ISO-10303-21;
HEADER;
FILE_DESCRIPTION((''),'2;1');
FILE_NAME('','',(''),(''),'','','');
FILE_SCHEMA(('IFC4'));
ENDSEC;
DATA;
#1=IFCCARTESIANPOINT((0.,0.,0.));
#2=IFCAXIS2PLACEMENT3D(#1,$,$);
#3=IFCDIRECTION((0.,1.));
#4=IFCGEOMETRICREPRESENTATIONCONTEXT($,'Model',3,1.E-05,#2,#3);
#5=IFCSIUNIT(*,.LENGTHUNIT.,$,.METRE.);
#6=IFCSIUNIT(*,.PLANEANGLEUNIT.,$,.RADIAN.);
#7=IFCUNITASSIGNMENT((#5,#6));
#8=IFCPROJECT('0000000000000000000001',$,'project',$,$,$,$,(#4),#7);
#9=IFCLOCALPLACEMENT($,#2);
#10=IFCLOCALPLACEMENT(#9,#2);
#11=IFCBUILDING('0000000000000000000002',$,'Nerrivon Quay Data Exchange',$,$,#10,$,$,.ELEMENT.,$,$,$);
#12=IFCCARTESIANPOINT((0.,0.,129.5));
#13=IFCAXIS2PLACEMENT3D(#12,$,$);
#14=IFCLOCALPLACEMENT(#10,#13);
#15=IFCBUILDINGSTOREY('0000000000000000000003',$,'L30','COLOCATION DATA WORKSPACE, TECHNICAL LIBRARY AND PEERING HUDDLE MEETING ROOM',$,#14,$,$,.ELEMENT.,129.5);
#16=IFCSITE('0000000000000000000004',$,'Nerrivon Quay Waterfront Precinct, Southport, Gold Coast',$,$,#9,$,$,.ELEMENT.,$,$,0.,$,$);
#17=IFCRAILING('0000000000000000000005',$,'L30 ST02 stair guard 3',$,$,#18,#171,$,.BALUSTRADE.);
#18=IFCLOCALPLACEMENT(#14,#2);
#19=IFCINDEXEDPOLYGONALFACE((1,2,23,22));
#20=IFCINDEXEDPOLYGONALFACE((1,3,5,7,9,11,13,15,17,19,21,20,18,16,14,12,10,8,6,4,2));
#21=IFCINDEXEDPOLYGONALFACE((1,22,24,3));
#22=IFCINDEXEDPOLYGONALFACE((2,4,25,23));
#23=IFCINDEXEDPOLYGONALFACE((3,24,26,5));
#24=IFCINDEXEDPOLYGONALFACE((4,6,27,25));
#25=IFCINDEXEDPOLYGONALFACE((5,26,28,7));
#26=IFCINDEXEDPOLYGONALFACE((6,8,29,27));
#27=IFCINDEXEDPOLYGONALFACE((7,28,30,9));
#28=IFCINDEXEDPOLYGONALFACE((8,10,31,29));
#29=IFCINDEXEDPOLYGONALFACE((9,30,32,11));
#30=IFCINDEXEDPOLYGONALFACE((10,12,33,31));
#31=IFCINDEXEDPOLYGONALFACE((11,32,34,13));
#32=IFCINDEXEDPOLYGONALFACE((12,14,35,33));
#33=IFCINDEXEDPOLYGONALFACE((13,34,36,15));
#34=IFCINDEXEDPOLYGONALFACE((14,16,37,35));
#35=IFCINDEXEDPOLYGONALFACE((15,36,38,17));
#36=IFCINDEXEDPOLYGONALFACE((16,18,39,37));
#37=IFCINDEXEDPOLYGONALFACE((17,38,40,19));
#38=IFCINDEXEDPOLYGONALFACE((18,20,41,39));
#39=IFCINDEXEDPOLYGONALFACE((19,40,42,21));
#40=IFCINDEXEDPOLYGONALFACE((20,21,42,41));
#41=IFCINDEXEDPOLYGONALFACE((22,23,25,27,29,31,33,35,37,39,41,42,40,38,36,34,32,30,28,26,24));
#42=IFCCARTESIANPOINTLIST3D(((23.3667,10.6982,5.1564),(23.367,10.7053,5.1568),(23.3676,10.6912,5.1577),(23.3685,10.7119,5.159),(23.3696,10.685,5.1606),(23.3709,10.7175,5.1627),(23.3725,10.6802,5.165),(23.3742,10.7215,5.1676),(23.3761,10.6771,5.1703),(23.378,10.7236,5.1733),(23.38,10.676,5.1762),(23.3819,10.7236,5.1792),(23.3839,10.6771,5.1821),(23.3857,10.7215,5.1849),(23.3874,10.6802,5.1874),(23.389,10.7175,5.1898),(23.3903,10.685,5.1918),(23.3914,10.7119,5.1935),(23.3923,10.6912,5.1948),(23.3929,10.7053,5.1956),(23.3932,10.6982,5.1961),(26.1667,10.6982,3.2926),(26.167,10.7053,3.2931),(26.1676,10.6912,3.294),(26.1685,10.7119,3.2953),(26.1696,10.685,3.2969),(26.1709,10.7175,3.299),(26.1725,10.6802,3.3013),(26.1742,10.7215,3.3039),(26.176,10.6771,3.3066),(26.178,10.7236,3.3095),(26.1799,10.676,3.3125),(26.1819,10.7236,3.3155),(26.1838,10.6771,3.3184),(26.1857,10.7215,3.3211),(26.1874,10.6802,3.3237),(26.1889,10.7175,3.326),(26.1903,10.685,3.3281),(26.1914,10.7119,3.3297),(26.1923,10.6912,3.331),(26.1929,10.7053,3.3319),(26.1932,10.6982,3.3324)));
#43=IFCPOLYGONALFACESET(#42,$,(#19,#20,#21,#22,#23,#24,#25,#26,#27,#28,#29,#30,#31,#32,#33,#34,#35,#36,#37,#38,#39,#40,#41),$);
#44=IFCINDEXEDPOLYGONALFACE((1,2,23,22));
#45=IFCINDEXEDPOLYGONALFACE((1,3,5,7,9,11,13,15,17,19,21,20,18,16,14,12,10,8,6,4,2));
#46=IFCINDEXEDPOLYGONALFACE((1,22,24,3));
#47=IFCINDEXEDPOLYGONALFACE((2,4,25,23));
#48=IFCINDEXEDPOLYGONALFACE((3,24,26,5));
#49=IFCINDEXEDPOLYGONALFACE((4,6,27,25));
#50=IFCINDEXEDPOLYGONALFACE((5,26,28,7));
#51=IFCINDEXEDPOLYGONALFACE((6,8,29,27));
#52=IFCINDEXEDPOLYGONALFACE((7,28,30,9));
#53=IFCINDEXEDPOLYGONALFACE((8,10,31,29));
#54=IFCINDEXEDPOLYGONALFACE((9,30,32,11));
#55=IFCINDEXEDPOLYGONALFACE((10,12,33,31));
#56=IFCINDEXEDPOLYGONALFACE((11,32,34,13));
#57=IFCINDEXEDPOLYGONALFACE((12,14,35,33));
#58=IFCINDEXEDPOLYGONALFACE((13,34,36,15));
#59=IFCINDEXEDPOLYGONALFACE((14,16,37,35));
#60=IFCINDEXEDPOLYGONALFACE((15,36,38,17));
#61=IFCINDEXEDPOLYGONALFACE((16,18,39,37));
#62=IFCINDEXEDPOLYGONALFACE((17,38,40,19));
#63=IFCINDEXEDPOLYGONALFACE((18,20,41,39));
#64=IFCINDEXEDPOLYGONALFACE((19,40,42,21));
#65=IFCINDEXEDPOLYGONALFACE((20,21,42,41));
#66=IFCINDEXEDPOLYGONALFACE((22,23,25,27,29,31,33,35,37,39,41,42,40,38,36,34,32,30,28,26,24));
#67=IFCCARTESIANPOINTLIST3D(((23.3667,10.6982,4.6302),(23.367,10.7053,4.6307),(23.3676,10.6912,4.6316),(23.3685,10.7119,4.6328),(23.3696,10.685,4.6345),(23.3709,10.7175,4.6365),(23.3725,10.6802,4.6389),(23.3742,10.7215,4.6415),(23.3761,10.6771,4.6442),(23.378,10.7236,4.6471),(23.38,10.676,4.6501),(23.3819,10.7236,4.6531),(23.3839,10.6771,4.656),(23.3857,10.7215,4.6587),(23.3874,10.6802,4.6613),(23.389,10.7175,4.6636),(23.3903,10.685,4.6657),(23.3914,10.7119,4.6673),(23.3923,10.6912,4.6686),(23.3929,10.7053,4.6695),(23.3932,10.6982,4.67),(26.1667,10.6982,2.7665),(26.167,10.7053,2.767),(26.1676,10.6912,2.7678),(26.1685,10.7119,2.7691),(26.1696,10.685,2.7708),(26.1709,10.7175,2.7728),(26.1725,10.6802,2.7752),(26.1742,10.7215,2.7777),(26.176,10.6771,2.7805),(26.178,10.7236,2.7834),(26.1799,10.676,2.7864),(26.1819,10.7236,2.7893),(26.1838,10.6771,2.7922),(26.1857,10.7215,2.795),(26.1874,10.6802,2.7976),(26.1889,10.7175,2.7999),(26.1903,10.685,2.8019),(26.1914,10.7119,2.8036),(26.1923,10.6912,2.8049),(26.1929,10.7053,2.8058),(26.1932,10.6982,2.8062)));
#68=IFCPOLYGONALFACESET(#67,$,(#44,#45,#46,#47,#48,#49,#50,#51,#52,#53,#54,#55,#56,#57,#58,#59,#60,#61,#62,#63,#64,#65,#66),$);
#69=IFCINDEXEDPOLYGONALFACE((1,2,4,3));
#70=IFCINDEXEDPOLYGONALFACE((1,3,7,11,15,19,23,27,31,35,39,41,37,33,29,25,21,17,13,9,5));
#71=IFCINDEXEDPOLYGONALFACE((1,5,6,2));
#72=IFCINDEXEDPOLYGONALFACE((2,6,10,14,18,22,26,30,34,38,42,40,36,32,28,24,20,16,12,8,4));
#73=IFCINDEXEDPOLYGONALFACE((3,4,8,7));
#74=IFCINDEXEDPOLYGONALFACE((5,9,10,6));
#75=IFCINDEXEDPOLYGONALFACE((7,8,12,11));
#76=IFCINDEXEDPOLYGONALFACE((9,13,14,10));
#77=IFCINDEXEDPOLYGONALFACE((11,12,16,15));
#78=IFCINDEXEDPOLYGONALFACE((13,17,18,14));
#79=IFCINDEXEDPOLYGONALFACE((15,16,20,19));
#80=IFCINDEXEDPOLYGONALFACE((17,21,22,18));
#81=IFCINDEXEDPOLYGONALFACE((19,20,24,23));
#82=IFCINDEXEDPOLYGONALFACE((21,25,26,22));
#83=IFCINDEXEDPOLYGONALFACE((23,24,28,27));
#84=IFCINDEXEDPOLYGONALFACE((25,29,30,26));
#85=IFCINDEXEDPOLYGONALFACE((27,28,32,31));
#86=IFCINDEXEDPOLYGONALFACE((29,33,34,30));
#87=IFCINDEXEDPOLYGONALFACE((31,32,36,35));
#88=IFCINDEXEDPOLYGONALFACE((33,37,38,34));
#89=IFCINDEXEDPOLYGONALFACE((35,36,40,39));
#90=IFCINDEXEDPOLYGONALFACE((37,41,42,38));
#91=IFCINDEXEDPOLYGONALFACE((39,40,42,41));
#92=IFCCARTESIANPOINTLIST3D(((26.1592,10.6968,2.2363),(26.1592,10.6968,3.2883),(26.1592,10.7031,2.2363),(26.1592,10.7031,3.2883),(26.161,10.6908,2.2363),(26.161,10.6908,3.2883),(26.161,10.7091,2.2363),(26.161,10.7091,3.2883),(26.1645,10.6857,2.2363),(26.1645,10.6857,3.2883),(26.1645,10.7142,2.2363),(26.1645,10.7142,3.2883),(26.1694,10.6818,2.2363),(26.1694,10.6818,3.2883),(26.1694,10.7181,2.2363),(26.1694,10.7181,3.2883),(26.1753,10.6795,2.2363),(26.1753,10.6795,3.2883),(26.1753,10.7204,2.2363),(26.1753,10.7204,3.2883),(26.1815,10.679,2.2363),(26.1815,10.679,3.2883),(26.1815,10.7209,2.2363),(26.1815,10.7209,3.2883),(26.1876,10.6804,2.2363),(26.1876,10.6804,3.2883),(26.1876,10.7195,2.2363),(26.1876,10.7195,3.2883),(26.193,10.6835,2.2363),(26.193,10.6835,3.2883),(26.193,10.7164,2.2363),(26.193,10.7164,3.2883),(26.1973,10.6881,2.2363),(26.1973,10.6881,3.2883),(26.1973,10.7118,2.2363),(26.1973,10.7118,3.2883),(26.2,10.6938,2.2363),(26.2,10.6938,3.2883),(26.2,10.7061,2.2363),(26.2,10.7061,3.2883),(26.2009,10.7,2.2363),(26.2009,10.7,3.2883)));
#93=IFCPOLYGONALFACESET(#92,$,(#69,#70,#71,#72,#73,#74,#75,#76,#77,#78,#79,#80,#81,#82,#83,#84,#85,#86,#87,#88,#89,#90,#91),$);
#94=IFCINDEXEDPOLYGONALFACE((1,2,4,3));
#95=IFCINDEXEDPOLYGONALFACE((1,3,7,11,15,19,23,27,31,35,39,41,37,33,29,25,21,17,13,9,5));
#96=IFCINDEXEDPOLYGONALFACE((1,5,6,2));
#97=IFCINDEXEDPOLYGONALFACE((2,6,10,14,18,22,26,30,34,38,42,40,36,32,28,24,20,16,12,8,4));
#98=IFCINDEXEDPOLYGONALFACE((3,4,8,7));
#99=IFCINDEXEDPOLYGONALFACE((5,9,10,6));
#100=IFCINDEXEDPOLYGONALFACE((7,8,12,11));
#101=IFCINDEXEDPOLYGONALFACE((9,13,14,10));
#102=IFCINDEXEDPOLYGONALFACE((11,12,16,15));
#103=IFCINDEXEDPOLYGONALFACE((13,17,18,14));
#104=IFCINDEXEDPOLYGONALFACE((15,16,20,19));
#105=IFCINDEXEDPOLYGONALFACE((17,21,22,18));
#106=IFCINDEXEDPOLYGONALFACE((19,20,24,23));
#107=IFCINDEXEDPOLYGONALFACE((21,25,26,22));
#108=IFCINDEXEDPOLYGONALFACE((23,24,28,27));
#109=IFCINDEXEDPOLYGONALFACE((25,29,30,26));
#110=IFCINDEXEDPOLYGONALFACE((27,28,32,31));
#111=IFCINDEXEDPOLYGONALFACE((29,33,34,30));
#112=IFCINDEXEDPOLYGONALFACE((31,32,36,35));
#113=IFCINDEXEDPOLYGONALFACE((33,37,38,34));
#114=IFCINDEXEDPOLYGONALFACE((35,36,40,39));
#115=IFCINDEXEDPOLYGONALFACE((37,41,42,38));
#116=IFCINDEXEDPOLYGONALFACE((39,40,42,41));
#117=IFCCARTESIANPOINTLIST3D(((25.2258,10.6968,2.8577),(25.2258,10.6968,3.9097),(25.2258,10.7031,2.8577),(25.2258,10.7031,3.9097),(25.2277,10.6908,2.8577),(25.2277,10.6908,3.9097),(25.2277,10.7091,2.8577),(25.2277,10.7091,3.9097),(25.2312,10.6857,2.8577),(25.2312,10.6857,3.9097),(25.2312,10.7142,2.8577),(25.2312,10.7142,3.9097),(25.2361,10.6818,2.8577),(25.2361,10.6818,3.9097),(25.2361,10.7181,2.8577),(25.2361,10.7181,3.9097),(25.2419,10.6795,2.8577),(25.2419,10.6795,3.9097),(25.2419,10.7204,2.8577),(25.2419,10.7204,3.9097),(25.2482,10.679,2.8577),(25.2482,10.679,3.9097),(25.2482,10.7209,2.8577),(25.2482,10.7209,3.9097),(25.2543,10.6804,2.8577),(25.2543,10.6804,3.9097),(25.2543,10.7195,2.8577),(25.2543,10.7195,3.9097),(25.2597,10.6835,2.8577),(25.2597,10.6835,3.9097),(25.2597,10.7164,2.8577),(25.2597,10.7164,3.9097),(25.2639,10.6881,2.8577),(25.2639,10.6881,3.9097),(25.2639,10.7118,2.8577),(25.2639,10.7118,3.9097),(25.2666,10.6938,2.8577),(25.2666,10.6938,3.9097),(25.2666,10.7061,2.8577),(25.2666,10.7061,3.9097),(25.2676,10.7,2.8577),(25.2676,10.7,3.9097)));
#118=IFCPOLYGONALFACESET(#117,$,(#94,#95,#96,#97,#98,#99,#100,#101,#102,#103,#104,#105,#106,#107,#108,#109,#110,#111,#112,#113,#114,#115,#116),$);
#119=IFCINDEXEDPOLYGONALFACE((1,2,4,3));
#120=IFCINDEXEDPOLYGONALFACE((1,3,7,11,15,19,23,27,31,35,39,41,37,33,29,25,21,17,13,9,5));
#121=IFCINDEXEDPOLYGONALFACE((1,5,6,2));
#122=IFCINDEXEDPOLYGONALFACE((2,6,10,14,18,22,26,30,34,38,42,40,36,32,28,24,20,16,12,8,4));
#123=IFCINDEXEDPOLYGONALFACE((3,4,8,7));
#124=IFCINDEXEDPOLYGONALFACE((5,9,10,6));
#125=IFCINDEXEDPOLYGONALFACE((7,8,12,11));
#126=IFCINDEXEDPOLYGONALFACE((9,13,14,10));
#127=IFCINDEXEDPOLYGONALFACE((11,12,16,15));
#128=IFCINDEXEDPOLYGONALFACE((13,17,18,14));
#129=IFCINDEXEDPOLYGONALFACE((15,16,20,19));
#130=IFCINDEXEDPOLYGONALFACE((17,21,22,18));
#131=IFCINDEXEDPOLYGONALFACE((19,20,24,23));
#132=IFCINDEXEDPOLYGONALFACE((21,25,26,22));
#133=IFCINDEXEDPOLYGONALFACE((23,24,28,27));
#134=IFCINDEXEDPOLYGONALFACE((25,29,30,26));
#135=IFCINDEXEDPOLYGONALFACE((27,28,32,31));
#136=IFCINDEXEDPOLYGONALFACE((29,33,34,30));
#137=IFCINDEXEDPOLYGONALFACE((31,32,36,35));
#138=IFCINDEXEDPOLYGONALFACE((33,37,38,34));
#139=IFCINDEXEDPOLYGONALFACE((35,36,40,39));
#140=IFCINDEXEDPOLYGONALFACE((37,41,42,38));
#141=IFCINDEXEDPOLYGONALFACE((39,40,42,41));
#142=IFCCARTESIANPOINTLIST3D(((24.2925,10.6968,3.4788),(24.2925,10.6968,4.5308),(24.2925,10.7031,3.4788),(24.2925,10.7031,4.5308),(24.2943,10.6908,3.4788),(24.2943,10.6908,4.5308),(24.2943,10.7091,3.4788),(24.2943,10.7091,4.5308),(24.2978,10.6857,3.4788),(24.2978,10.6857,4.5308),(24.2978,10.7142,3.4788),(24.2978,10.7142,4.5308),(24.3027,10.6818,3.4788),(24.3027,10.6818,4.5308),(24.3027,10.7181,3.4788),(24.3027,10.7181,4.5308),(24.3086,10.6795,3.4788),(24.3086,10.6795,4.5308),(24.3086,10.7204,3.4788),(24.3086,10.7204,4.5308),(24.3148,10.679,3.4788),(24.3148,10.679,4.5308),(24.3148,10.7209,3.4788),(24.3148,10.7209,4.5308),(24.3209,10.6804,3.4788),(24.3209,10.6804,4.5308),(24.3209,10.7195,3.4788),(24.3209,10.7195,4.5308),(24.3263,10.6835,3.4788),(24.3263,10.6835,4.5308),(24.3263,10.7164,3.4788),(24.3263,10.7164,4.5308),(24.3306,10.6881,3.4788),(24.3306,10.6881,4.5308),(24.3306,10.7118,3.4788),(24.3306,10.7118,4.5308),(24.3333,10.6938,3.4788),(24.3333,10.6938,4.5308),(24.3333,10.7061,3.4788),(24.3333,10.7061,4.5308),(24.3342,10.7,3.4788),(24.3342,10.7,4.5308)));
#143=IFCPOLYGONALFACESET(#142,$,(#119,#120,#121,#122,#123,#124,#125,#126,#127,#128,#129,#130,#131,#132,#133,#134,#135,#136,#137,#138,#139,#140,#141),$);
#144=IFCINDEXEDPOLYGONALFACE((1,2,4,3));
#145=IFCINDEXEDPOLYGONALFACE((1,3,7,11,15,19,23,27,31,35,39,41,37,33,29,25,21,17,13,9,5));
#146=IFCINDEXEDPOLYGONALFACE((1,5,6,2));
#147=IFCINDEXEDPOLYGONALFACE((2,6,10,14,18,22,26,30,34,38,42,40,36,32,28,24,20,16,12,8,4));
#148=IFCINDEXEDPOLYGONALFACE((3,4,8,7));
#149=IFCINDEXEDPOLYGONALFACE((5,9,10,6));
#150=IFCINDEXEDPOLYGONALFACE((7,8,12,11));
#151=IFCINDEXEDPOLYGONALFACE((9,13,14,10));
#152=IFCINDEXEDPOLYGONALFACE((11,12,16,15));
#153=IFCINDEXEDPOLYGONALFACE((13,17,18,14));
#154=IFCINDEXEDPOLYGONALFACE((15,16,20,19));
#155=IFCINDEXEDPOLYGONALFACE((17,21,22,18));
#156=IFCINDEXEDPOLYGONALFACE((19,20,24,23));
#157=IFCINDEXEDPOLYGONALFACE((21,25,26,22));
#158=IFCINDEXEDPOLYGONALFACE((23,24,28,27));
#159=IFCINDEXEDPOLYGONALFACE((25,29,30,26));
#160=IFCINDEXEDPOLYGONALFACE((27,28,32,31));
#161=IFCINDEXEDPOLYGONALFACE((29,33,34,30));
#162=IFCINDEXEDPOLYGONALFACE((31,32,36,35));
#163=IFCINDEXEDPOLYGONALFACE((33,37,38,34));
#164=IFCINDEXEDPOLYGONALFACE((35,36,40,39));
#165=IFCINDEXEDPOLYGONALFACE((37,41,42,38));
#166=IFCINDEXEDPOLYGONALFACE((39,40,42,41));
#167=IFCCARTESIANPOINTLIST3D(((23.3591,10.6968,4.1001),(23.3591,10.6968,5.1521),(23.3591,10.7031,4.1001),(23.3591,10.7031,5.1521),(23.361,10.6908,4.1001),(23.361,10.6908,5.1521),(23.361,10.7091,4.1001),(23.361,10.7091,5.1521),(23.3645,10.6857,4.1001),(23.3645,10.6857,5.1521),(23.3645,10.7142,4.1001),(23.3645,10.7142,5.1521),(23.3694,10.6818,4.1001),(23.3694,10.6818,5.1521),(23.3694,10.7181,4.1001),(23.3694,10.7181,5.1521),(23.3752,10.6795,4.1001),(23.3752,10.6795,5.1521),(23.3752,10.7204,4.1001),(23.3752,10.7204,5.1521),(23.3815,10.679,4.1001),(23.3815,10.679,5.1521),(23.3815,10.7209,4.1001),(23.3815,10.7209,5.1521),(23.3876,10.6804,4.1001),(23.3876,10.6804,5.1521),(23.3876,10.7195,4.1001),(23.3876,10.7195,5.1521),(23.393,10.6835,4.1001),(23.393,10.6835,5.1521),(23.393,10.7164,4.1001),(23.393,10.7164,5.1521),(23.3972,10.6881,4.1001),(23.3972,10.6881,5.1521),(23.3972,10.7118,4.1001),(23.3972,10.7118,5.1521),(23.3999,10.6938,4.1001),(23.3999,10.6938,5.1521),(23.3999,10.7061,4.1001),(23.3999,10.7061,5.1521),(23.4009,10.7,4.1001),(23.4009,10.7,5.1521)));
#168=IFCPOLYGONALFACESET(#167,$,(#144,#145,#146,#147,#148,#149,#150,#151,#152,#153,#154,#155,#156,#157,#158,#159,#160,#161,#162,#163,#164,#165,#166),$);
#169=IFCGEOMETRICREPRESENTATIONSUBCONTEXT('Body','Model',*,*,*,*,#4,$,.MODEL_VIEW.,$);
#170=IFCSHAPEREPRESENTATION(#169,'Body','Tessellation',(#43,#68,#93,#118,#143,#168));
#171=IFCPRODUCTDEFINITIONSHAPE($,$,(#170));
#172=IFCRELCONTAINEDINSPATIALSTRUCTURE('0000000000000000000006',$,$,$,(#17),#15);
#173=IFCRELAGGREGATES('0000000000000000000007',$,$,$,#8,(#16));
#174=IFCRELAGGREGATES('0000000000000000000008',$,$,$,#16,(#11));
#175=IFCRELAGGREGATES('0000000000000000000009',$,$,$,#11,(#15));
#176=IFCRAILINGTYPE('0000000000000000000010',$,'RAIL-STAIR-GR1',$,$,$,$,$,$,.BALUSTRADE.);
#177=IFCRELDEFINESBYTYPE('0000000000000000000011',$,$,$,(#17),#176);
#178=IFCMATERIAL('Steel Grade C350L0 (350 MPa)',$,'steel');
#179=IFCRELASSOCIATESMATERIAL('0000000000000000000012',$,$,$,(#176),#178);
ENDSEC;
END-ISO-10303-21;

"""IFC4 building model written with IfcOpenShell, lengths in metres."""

from ifc_helpers import new_model, si_unit, direction, frame, origin, origin_2d, place, context, subcontext, project, spatial, circle, extrude, material, type_object, element, save


model = new_model("IFC4")

# Units and contexts
model_context = context("Model", 3, precision=1e-05, world=origin(), true_north=direction((0.0, 1.0)))
body_context = subcontext(model_context, "Body", "Model", "MODEL_VIEW")
ifc_project = project(units=[si_unit("LENGTHUNIT", "METRE"), si_unit("PLANEANGLEUNIT", "RADIAN")], contexts=[model_context])

# Site, building, storey
site_placement = place(None, origin())
site = spatial("IfcSite", under=ifc_project, at=site_placement, Name="Nerrivon Quay Waterfront Precinct, Southport, Gold Coast", CompositionType="ELEMENT", RefElevation=0.0)
building_placement = place(site_placement, origin())
building = spatial("IfcBuilding", under=site, at=building_placement, Name="Nerrivon Quay Data Exchange", CompositionType="ELEMENT")
storey_placement = place(building_placement, frame((0.0, 0.0, 129.5)))
storey = spatial("IfcBuildingStorey", under=building, at=storey_placement, Name="L30", Description="COLOCATION DATA WORKSPACE, TECHNICAL LIBRARY AND PEERING HUDDLE MEETING ROOM", CompositionType="ELEMENT", Elevation=129.5)

# Railing
ifc_material_1 = material(Name="Steel Grade C350L0 (350 MPa)", Category="steel")
railing_type_1 = type_object("IfcRailingType", Name="RAIL-STAIR-GR1", PredefinedType="BALUSTRADE", material=ifc_material_1)
railing_1_placement = place(storey_placement, frame((26.1799, 10.7, 2.2363)))
element("IfcRailing", 1, at=railing_1_placement, inside=storey, type_object=railing_type_1, Name="L30 ST02 stair guard 3", PredefinedType="BALUSTRADE", context=body_context, shape_type="SweptSolid", body=[
    extrude(circle(Radius=0.0239, at=origin_2d()), frame((0.0, 0.0, 1.0762), z_axis=(-0.832452, 0.0, 0.554097), x_axis=(0.0, -1.0, 0.0)), (0.0, 0.0, 1.0), 3.3635),
    extrude(circle(Radius=0.0239, at=origin_2d()), frame((0.0, 0.0, 0.55), z_axis=(-0.832452, 0.0, 0.554097), x_axis=(0.0, -1.0, 0.0)), (0.0, 0.0, 1.0), 3.3635),
    extrude(circle(Radius=0.021, at=origin_2d()), origin(), (0.0, 0.0, 1.0), 1.052),
    extrude(circle(Radius=0.021, at=origin_2d()), frame((-0.9333, 0.0, 0.6213)), (0.0, 0.0, 1.0), 1.052),
    extrude(circle(Radius=0.021, at=origin_2d()), frame((-1.8667, 0.0, 1.2424)), (0.0, 0.0, 1.0), 1.052),
    extrude(circle(Radius=0.021, at=origin_2d()), frame((-2.8, 0.0, 1.8638)), (0.0, 0.0, 1.0), 1.052),
])

save(model, "model.ifc")
